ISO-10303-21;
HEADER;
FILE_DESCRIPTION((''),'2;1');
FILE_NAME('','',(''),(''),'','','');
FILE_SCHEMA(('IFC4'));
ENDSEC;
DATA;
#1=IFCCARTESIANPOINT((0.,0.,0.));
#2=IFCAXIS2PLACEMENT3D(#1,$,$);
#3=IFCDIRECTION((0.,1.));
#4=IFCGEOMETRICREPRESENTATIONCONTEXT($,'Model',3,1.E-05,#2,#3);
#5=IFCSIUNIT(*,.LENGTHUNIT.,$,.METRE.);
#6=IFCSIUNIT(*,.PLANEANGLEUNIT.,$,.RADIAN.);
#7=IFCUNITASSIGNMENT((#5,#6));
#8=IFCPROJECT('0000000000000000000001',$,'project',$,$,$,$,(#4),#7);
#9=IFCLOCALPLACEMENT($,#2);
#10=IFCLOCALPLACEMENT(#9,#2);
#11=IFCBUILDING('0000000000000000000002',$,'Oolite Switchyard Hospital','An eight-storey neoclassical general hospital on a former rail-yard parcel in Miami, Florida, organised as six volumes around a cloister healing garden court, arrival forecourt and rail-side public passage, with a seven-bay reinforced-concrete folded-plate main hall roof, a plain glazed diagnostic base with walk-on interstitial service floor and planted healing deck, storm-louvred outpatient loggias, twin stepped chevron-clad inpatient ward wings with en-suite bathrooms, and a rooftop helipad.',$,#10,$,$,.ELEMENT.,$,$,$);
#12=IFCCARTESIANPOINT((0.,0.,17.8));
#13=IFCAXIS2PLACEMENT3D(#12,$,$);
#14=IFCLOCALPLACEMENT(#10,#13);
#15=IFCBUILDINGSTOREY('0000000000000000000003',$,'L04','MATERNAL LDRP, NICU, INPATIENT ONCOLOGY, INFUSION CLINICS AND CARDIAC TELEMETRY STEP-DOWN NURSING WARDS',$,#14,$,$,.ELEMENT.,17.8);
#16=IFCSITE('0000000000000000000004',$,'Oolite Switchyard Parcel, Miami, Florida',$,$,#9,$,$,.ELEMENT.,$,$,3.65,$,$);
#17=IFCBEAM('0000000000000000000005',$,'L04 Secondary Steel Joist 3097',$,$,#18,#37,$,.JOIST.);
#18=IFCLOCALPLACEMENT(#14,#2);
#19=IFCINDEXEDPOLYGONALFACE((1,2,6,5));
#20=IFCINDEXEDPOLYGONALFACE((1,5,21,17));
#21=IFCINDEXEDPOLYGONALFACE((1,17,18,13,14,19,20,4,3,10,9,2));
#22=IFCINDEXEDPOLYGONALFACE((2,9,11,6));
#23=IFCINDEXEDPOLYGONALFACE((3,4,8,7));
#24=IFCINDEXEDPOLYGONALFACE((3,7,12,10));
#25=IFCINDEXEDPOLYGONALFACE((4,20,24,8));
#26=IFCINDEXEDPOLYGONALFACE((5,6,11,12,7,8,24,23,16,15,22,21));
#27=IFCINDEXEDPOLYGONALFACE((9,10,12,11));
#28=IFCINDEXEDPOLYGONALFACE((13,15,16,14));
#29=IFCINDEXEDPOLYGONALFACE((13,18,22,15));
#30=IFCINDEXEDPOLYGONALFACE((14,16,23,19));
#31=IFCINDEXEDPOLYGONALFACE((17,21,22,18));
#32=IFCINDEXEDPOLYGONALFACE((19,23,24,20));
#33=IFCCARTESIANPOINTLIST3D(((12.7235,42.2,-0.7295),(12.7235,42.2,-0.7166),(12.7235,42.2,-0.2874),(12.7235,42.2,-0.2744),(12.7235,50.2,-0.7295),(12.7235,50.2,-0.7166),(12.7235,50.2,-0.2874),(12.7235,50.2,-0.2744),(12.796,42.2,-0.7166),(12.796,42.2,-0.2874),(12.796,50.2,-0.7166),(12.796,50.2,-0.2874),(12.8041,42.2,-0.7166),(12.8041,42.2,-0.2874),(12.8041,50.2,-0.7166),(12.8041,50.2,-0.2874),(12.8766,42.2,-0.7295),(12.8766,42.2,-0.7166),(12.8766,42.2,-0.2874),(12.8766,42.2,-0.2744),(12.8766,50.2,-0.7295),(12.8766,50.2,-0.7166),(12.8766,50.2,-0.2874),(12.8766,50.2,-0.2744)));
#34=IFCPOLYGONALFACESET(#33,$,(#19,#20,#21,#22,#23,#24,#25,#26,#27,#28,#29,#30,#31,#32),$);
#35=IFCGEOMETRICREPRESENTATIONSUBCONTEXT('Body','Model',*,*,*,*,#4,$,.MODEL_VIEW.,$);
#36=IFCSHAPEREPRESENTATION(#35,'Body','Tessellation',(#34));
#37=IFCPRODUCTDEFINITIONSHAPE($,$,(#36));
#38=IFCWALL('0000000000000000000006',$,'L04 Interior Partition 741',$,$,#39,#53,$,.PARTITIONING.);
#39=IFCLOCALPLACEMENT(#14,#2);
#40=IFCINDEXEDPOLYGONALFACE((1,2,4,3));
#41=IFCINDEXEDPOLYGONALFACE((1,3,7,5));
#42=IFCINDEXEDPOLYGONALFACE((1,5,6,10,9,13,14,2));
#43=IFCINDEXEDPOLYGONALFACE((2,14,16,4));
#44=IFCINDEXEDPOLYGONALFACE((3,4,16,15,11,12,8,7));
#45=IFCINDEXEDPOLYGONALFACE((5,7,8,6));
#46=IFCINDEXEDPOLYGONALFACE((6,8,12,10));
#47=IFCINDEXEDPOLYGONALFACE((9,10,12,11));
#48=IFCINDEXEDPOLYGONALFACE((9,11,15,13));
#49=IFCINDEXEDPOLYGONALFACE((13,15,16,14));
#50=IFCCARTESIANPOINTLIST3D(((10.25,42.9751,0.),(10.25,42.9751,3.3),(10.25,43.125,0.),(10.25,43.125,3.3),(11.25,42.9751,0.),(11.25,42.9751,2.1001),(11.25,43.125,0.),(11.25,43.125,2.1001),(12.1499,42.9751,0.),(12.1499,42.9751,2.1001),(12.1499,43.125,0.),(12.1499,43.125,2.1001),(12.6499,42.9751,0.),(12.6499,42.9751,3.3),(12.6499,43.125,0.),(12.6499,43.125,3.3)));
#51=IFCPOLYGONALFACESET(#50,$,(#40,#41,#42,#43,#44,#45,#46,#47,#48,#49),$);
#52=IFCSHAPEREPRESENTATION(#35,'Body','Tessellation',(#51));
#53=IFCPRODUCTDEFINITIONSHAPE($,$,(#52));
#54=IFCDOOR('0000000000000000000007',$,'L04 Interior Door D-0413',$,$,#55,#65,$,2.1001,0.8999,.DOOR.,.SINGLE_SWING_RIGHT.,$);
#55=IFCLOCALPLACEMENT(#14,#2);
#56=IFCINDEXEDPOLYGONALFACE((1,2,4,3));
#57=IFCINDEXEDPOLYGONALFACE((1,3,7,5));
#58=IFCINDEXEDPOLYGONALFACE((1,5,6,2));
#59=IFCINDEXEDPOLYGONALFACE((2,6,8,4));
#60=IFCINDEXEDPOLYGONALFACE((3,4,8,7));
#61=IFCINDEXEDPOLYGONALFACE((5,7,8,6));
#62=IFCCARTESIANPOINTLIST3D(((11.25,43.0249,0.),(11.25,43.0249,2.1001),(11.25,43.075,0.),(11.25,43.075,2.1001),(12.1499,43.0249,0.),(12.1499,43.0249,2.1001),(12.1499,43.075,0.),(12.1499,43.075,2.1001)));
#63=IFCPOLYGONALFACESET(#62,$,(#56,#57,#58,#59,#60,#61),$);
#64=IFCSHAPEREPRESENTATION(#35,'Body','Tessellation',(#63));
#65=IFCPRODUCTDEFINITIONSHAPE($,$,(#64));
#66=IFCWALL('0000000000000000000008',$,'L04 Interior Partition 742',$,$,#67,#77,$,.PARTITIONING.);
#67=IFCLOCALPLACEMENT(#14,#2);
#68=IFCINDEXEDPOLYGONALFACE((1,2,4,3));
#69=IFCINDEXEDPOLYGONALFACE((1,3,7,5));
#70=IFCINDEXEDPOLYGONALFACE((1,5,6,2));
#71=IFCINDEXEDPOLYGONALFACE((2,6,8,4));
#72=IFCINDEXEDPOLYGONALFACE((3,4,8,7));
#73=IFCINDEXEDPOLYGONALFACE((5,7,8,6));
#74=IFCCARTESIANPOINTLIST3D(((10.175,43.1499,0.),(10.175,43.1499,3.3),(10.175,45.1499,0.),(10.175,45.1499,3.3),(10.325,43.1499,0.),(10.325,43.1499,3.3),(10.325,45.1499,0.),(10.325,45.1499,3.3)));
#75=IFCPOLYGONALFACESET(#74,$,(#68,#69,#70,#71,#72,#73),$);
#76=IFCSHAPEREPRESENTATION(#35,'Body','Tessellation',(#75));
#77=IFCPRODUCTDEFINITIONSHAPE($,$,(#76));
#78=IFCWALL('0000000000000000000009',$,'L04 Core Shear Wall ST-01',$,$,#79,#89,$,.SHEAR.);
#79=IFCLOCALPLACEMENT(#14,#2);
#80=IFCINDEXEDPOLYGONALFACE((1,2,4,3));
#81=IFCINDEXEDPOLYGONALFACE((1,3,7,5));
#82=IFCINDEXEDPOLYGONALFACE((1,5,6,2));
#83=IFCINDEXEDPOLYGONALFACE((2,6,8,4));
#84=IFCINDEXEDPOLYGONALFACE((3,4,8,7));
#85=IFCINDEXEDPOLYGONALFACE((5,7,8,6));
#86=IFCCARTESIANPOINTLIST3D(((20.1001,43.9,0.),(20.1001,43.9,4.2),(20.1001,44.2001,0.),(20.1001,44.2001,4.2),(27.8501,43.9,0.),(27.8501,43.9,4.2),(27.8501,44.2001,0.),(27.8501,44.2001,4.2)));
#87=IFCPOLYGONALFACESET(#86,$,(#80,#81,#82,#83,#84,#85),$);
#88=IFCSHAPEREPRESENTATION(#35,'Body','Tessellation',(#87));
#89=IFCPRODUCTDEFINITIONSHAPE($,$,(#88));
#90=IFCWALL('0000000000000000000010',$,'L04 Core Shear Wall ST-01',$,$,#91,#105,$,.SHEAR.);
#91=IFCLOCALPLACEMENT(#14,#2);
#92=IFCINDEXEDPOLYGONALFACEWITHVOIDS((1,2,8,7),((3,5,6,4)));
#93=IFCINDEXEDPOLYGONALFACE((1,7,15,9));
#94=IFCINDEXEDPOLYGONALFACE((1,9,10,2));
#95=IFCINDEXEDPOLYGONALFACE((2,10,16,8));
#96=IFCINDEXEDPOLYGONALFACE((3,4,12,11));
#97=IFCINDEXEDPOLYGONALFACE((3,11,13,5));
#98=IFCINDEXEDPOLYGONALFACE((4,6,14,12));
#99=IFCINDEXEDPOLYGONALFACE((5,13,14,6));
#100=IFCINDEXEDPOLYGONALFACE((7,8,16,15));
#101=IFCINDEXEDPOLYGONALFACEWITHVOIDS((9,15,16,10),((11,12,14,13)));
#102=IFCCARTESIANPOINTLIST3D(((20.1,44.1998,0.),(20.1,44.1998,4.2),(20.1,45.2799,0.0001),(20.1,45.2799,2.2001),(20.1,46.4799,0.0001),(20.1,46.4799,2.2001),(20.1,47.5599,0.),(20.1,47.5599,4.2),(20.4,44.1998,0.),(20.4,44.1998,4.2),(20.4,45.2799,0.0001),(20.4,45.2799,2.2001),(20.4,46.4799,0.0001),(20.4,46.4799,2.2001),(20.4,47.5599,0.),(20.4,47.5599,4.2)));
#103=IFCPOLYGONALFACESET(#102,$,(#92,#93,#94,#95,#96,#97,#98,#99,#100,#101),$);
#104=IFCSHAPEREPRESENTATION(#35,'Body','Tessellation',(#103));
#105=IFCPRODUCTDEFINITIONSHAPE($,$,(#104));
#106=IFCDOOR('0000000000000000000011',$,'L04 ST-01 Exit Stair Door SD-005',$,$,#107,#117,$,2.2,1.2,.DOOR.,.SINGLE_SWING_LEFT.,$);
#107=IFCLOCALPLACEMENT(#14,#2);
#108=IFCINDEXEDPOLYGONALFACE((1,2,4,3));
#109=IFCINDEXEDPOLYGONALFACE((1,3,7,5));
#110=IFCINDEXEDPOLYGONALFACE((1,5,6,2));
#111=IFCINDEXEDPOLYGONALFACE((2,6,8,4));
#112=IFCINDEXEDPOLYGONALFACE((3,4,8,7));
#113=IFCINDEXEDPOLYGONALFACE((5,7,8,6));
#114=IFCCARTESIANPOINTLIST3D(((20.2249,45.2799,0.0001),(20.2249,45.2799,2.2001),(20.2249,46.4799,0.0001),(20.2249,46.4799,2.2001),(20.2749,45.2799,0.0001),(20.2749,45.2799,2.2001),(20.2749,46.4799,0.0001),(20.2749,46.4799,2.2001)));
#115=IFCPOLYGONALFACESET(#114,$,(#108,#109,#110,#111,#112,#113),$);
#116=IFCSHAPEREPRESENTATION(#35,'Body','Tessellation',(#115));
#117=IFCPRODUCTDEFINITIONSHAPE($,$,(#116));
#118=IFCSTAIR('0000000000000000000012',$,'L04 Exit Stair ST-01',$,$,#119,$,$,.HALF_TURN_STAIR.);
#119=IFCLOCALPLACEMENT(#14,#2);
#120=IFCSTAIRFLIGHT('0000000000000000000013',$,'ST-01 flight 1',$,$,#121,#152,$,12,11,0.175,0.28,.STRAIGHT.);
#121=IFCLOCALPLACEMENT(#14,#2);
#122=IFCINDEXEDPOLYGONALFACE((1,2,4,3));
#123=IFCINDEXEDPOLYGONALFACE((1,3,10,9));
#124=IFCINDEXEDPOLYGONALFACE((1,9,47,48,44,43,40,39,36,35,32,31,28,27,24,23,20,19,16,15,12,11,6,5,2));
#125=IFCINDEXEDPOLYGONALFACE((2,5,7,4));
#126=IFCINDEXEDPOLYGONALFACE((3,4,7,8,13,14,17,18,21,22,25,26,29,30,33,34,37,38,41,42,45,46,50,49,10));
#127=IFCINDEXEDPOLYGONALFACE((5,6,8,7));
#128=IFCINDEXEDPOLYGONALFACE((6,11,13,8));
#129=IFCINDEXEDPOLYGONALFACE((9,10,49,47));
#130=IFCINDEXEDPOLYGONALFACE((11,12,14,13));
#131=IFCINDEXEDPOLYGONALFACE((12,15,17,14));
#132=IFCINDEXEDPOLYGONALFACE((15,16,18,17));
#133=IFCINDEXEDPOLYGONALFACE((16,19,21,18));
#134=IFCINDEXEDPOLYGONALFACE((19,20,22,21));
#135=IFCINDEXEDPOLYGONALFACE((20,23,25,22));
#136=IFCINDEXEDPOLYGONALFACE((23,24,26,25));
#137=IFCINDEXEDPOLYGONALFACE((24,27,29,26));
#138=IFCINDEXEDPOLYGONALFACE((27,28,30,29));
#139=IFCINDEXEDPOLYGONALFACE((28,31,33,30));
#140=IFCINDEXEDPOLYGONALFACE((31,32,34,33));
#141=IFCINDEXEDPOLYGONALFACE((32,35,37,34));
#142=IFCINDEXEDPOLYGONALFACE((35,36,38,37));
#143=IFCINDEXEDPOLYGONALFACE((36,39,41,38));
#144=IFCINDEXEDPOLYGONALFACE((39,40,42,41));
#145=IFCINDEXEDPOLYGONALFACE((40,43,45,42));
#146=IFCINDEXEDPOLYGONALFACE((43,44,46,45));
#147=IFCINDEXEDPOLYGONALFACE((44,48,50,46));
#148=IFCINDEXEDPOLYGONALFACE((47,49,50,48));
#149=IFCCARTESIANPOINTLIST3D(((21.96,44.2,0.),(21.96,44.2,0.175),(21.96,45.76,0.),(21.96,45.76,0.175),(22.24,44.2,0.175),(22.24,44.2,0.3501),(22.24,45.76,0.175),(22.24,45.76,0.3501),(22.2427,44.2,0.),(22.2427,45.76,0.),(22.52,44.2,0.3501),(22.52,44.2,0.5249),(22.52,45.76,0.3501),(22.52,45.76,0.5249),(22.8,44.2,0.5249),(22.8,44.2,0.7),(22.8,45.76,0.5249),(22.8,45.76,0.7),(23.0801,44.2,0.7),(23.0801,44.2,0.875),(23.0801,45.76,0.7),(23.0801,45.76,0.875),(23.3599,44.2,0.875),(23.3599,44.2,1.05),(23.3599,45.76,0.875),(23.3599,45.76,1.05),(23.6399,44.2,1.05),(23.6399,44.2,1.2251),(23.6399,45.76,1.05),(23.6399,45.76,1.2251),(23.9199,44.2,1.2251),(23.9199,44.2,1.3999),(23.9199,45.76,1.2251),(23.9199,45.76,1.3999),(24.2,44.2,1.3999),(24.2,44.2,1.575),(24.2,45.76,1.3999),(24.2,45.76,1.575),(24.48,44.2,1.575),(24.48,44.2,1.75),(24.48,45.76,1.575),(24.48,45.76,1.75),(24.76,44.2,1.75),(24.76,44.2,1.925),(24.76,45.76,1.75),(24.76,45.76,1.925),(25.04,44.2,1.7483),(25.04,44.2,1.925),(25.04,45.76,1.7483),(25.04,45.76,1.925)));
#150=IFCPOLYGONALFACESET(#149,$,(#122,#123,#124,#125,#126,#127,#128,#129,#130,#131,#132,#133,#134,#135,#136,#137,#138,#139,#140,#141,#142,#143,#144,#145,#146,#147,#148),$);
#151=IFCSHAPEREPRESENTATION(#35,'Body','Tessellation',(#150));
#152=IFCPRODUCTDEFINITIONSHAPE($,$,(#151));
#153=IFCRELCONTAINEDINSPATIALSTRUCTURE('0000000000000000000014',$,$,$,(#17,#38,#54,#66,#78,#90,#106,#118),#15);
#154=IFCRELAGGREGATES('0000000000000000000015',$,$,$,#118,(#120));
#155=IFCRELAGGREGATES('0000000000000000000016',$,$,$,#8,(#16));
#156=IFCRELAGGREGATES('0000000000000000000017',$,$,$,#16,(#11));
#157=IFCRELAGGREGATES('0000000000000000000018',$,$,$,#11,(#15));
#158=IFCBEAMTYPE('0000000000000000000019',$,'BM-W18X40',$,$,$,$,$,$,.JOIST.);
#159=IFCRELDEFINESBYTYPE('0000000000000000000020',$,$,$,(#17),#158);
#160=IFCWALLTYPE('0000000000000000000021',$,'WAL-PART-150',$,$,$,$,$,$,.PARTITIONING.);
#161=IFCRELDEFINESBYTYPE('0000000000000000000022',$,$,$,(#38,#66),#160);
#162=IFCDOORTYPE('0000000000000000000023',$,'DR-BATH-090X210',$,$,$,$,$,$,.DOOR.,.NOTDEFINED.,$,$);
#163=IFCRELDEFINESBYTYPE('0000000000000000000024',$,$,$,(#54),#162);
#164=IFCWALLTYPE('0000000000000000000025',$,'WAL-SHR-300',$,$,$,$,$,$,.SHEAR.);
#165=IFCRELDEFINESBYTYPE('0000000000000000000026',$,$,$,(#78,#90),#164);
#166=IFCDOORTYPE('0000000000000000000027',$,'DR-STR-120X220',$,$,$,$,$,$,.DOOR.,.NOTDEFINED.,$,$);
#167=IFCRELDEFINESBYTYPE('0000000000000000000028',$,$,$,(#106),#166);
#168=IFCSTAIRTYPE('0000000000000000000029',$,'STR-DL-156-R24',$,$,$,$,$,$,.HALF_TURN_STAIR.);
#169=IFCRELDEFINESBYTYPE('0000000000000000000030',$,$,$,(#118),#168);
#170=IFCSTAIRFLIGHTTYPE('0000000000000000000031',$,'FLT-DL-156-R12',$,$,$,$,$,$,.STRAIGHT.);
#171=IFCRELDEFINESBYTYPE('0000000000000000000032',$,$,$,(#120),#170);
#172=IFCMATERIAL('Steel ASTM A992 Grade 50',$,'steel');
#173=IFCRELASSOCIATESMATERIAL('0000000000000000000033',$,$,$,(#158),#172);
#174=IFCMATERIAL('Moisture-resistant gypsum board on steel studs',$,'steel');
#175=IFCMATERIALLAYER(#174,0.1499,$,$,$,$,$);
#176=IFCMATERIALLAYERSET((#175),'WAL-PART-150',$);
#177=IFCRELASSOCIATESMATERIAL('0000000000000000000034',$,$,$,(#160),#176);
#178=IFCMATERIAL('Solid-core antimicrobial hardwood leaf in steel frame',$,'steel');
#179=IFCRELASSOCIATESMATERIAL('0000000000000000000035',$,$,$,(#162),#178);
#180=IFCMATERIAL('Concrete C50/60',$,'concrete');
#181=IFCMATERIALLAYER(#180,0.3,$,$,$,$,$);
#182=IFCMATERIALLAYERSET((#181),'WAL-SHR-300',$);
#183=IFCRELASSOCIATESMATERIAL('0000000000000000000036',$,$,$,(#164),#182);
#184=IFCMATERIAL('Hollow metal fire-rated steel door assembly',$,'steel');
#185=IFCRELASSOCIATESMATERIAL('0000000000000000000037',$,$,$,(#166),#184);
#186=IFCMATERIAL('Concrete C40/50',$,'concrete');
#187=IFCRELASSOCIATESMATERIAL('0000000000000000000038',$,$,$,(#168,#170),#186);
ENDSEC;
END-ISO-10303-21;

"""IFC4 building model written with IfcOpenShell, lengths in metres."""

from ifc_helpers import new_model, si_unit, direction, frame, frame_2d, origin, origin_2d, place, context, subcontext, project, spatial, polyline, rectangle, i_section, outline, extrude, material, layer, layer_set, material_profile, profile_set, type_object, element, fill, aggregate, save


model = new_model("IFC4")

# Units and contexts
model_context = context("Model", 3, precision=1e-05, world=origin(), true_north=direction((0.0, 1.0)))
body_context = subcontext(model_context, "Body", "Model", "MODEL_VIEW")
ifc_project = project(units=[si_unit("LENGTHUNIT", "METRE"), si_unit("PLANEANGLEUNIT", "RADIAN")], contexts=[model_context])

# Site, building, storey
site_placement = place(None, origin())
site = spatial("IfcSite", under=ifc_project, at=site_placement, Name="Oolite Switchyard Parcel, Miami, Florida", CompositionType="ELEMENT", RefElevation=3.65)
building_placement = place(site_placement, origin())
building = spatial("IfcBuilding", under=site, at=building_placement, Name="Oolite Switchyard Hospital", Description="An eight-storey neoclassical general hospital on a former rail-yard parcel in Miami, Florida, organised as six volumes around a cloister healing garden court, arrival forecourt and rail-side public passage, with a seven-bay reinforced-concrete folded-plate main hall roof, a plain glazed diagnostic base with walk-on interstitial service floor and planted healing deck, storm-louvred outpatient loggias, twin stepped chevron-clad inpatient ward wings with en-suite bathrooms, and a rooftop helipad.", CompositionType="ELEMENT")
storey_placement = place(building_placement, frame((0.0, 0.0, 17.8)))
storey = spatial("IfcBuildingStorey", under=building, at=storey_placement, Name="L04", Description="MATERNAL LDRP, NICU, INPATIENT ONCOLOGY, INFUSION CLINICS AND CARDIAC TELEMETRY STEP-DOWN NURSING WARDS", CompositionType="ELEMENT", Elevation=17.8)

# Shared definitions
ifc_material_1 = material(Name="Concrete C50/60", Category="concrete")

# Beam
ifc_material_2 = material(Name="Concrete C40/50", Category="concrete")
ifc_material_3 = material(Name="Steel ASTM A992 Grade 50", Category="steel")
ifc_material_profile_1 = material_profile(ifc_material_3, i_section(OverallWidth=0.1531, OverallDepth=0.4551, WebThickness=0.0081, FlangeThickness=0.0129, at=origin_2d()), Name="W18X40")
ifc_profile_set_1 = profile_set([ifc_material_profile_1], Name="Steel ASTM A992 Grade 50")
beam_type_1 = type_object("IfcBeamType", Name="BM-W18X40", PredefinedType="JOIST", material=ifc_profile_set_1)
beam_1_placement = place(storey_placement, frame((12.8, 42.2, -0.502), z_axis=(0.0, 1.0, 0.0), x_axis=(-1.0, 0.0, 0.0)))
element("IfcBeam", 1, at=beam_1_placement, inside=storey, type_object=beam_type_1, Name="L04 Secondary Steel Joist 3097", PredefinedType="JOIST", context=body_context, shape_type="SweptSolid", body=[
    extrude(i_section(OverallWidth=0.1531, OverallDepth=0.4551, WebThickness=0.0081, FlangeThickness=0.0129, at=origin_2d()), origin(), (0.0, 0.0, 1.0), 8.0),
])

# Wall, opening, door
ifc_material_4 = material(Name="Moisture-resistant gypsum board on steel studs", Category="steel")
ifc_layer_1 = layer(ifc_material_4, 0.1499)
ifc_layer_set_1 = layer_set([ifc_layer_1], Name="WAL-PART-150")
wall_type_1 = type_object("IfcWallType", Name="WAL-PART-150", PredefinedType="PARTITIONING", material=ifc_layer_set_1)
wall_1_placement = place(storey_placement, frame((10.25, 43.05, 0.0), z_axis=(0.0, 0.0, 1.0), x_axis=(1.0, 0.0, 0.0)))
wall_1 = element("IfcWall", 2, at=wall_1_placement, inside=storey, type_object=wall_type_1, Name="L04 Interior Partition 741", PredefinedType="PARTITIONING", context=body_context, shape_type="SweptSolid", body=[
    extrude(rectangle(XDim=2.3999, YDim=0.1499, at=frame_2d((1.2, 0.0))), origin(), (0.0, 0.0, 1.0), 3.3),
])
opening_1_placement = place(wall_1_placement, frame((1.0, 0.0, 0.0)))
opening_1 = element("IfcOpeningElement", 3, at=opening_1_placement, cuts=wall_1, PredefinedType="OPENING", context=body_context, shape_type="SweptSolid", body=[
    extrude(rectangle(XDim=0.8999, YDim=2.1001, at=frame_2d((0.45, 1.05))), frame((0.0, 0.085, 0.0), z_axis=(0.0, -1.0, 0.0), x_axis=(1.0, 0.0, 0.0)), (0.0, 0.0, 1.0), 0.1699),
])
ifc_material_5 = material(Name="Solid-core antimicrobial hardwood leaf in steel frame", Category="steel")
door_type_1 = type_object("IfcDoorType", Name="DR-BATH-090X210", OperationType="NOTDEFINED", PredefinedType="DOOR", material=ifc_material_5)
door_1_placement = place(opening_1_placement, origin())
door_1 = element("IfcDoor", 4, at=door_1_placement, inside=storey, type_object=door_type_1, Name="L04 Interior Door D-0413", OperationType="SINGLE_SWING_RIGHT", OverallHeight=2.1001, OverallWidth=0.8999, PredefinedType="DOOR", context=body_context, shape_type="SweptSolid", body=[
    extrude(rectangle(XDim=0.8999, YDim=2.1001, at=frame_2d((0.45, 1.05))), frame((0.0, 0.0249, 0.0), z_axis=(0.0, -1.0, 0.0), x_axis=(1.0, 0.0, 0.0)), (0.0, 0.0, 1.0), 0.05),
])
fill(opening_1, door_1)

# Walls
wall_2_placement = place(storey_placement, frame((10.25, 43.1499, 0.0), z_axis=(0.0, 0.0, 1.0), x_axis=(0.0, 1.0, 0.0)))
element("IfcWall", 5, at=wall_2_placement, inside=storey, type_object=wall_type_1, Name="L04 Interior Partition 742", PredefinedType="PARTITIONING", context=body_context, shape_type="SweptSolid", body=[
    extrude(rectangle(XDim=2.0, YDim=0.1499, at=frame_2d((1.0, 0.0))), origin(), (0.0, 0.0, 1.0), 3.3),
])
ifc_layer_2 = layer(ifc_material_1, 0.3)
ifc_layer_set_2 = layer_set([ifc_layer_2], Name="WAL-SHR-300")
wall_type_2 = type_object("IfcWallType", Name="WAL-SHR-300", PredefinedType="SHEAR", material=ifc_layer_set_2)
wall_3_placement = place(storey_placement, frame((20.1001, 44.05, 0.0), z_axis=(0.0, 0.0, 1.0), x_axis=(1.0, 0.0, 0.0)))
element("IfcWall", 6, at=wall_3_placement, inside=storey, type_object=wall_type_2, Name="L04 Core Shear Wall ST-01", PredefinedType="SHEAR", context=body_context, shape_type="SweptSolid", body=[
    extrude(rectangle(XDim=7.75, YDim=0.3, at=frame_2d((3.875, 0.0))), origin(), (0.0, 0.0, 1.0), 4.2),
])

# Wall, opening, door
wall_4_placement = place(storey_placement, frame((20.25, 47.5601, 0.0), z_axis=(0.0, 0.0, 1.0), x_axis=(0.0, -1.0, 0.0)))
wall_4 = element("IfcWall", 7, at=wall_4_placement, inside=storey, type_object=wall_type_2, Name="L04 Core Shear Wall ST-01", PredefinedType="SHEAR", context=body_context, shape_type="SweptSolid", body=[
    extrude(rectangle(XDim=3.3601, YDim=0.3, at=frame_2d((1.6802, 0.0))), origin(), (0.0, 0.0, 1.0), 4.2),
])
opening_2_placement = place(wall_4_placement, frame((1.0801, 0.0, 0.0)))
opening_2 = element("IfcOpeningElement", 8, at=opening_2_placement, cuts=wall_4, PredefinedType="OPENING", context=body_context, shape_type="SweptSolid", body=[
    extrude(rectangle(XDim=1.2, YDim=2.2, at=frame_2d((0.6001, 1.1001))), frame((0.0, 0.1602, 0.0), z_axis=(0.0, -1.0, 0.0), x_axis=(1.0, 0.0, 0.0)), (0.0, 0.0, 1.0), 0.3201),
])
ifc_material_6 = material(Name="Hollow metal fire-rated steel door assembly", Category="steel")
door_type_2 = type_object("IfcDoorType", Name="DR-STR-120X220", OperationType="NOTDEFINED", PredefinedType="DOOR", material=ifc_material_6)
door_2_placement = place(opening_2_placement, origin())
door_2 = element("IfcDoor", 9, at=door_2_placement, inside=storey, type_object=door_type_2, Name="L04 ST-01 Exit Stair Door SD-005", OperationType="SINGLE_SWING_LEFT", OverallHeight=2.2, OverallWidth=1.2, PredefinedType="DOOR", context=body_context, shape_type="SweptSolid", body=[
    extrude(rectangle(XDim=1.2, YDim=2.2, at=frame_2d((0.6001, 1.1001))), frame((0.0, 0.0249, 0.0), z_axis=(0.0, -1.0, 0.0), x_axis=(1.0, 0.0, 0.0)), (0.0, 0.0, 1.0), 0.05),
])
fill(opening_2, door_2)

# Stair, stair flight
stair_type = type_object("IfcStairType", Name="STR-DL-156-R24", PredefinedType="HALF_TURN_STAIR", material=ifc_material_2)
stair_placement = place(storey_placement, origin())
stair = element("IfcStair", 10, at=stair_placement, inside=storey, type_object=stair_type, Name="L04 Exit Stair ST-01", PredefinedType="HALF_TURN_STAIR")
stair_flight_type = type_object("IfcStairFlightType", Name="FLT-DL-156-R12", PredefinedType="STRAIGHT", material=ifc_material_2)
stair_flight_placement = place(storey_placement, frame((21.96, 44.98, 0.0), z_axis=(0.0, 0.0, 1.0), x_axis=(1.0, 0.0, 0.0)))
stair_flight = element("IfcStairFlight", 11, at=stair_flight_placement, type_object=stair_flight_type, Name="ST-01 flight 1", NumberOfRisers=12, NumberOfTreads=11, PredefinedType="STRAIGHT", RiserHeight=0.175, TreadLength=0.28, context=body_context, shape_type="SweptSolid", body=[
    extrude(outline(polyline([(0.0, 0.0), (0.0, 0.175), (0.28, 0.175), (0.28, 0.3501), (0.5601, 0.3501), (0.5601, 0.5249), (0.8401, 0.5249), (0.8401, 0.7), (1.1201, 0.7), (1.1201, 0.875), (1.3999, 0.875), (1.3999, 1.05), (1.6799, 1.05), (1.6799, 1.2251), (1.96, 1.2251), (1.96, 1.3999), (2.24, 1.3999), (2.24, 1.575), (2.52, 1.575), (2.52, 1.75), (2.8, 1.75), (2.8, 1.925), (3.0801, 1.925), (3.0801, 2.1001), (3.0801, 1.7483), (0.2827, 0.0), (0.0, 0.0)])), frame((0.0, 0.78, 0.0), z_axis=(0.0, -1.0, 0.0), x_axis=(1.0, 0.0, 0.0)), (0.0, 0.0, 1.0), 1.5601),
])
aggregate(stair, [stair_flight])

save(model, "model.ifc")
